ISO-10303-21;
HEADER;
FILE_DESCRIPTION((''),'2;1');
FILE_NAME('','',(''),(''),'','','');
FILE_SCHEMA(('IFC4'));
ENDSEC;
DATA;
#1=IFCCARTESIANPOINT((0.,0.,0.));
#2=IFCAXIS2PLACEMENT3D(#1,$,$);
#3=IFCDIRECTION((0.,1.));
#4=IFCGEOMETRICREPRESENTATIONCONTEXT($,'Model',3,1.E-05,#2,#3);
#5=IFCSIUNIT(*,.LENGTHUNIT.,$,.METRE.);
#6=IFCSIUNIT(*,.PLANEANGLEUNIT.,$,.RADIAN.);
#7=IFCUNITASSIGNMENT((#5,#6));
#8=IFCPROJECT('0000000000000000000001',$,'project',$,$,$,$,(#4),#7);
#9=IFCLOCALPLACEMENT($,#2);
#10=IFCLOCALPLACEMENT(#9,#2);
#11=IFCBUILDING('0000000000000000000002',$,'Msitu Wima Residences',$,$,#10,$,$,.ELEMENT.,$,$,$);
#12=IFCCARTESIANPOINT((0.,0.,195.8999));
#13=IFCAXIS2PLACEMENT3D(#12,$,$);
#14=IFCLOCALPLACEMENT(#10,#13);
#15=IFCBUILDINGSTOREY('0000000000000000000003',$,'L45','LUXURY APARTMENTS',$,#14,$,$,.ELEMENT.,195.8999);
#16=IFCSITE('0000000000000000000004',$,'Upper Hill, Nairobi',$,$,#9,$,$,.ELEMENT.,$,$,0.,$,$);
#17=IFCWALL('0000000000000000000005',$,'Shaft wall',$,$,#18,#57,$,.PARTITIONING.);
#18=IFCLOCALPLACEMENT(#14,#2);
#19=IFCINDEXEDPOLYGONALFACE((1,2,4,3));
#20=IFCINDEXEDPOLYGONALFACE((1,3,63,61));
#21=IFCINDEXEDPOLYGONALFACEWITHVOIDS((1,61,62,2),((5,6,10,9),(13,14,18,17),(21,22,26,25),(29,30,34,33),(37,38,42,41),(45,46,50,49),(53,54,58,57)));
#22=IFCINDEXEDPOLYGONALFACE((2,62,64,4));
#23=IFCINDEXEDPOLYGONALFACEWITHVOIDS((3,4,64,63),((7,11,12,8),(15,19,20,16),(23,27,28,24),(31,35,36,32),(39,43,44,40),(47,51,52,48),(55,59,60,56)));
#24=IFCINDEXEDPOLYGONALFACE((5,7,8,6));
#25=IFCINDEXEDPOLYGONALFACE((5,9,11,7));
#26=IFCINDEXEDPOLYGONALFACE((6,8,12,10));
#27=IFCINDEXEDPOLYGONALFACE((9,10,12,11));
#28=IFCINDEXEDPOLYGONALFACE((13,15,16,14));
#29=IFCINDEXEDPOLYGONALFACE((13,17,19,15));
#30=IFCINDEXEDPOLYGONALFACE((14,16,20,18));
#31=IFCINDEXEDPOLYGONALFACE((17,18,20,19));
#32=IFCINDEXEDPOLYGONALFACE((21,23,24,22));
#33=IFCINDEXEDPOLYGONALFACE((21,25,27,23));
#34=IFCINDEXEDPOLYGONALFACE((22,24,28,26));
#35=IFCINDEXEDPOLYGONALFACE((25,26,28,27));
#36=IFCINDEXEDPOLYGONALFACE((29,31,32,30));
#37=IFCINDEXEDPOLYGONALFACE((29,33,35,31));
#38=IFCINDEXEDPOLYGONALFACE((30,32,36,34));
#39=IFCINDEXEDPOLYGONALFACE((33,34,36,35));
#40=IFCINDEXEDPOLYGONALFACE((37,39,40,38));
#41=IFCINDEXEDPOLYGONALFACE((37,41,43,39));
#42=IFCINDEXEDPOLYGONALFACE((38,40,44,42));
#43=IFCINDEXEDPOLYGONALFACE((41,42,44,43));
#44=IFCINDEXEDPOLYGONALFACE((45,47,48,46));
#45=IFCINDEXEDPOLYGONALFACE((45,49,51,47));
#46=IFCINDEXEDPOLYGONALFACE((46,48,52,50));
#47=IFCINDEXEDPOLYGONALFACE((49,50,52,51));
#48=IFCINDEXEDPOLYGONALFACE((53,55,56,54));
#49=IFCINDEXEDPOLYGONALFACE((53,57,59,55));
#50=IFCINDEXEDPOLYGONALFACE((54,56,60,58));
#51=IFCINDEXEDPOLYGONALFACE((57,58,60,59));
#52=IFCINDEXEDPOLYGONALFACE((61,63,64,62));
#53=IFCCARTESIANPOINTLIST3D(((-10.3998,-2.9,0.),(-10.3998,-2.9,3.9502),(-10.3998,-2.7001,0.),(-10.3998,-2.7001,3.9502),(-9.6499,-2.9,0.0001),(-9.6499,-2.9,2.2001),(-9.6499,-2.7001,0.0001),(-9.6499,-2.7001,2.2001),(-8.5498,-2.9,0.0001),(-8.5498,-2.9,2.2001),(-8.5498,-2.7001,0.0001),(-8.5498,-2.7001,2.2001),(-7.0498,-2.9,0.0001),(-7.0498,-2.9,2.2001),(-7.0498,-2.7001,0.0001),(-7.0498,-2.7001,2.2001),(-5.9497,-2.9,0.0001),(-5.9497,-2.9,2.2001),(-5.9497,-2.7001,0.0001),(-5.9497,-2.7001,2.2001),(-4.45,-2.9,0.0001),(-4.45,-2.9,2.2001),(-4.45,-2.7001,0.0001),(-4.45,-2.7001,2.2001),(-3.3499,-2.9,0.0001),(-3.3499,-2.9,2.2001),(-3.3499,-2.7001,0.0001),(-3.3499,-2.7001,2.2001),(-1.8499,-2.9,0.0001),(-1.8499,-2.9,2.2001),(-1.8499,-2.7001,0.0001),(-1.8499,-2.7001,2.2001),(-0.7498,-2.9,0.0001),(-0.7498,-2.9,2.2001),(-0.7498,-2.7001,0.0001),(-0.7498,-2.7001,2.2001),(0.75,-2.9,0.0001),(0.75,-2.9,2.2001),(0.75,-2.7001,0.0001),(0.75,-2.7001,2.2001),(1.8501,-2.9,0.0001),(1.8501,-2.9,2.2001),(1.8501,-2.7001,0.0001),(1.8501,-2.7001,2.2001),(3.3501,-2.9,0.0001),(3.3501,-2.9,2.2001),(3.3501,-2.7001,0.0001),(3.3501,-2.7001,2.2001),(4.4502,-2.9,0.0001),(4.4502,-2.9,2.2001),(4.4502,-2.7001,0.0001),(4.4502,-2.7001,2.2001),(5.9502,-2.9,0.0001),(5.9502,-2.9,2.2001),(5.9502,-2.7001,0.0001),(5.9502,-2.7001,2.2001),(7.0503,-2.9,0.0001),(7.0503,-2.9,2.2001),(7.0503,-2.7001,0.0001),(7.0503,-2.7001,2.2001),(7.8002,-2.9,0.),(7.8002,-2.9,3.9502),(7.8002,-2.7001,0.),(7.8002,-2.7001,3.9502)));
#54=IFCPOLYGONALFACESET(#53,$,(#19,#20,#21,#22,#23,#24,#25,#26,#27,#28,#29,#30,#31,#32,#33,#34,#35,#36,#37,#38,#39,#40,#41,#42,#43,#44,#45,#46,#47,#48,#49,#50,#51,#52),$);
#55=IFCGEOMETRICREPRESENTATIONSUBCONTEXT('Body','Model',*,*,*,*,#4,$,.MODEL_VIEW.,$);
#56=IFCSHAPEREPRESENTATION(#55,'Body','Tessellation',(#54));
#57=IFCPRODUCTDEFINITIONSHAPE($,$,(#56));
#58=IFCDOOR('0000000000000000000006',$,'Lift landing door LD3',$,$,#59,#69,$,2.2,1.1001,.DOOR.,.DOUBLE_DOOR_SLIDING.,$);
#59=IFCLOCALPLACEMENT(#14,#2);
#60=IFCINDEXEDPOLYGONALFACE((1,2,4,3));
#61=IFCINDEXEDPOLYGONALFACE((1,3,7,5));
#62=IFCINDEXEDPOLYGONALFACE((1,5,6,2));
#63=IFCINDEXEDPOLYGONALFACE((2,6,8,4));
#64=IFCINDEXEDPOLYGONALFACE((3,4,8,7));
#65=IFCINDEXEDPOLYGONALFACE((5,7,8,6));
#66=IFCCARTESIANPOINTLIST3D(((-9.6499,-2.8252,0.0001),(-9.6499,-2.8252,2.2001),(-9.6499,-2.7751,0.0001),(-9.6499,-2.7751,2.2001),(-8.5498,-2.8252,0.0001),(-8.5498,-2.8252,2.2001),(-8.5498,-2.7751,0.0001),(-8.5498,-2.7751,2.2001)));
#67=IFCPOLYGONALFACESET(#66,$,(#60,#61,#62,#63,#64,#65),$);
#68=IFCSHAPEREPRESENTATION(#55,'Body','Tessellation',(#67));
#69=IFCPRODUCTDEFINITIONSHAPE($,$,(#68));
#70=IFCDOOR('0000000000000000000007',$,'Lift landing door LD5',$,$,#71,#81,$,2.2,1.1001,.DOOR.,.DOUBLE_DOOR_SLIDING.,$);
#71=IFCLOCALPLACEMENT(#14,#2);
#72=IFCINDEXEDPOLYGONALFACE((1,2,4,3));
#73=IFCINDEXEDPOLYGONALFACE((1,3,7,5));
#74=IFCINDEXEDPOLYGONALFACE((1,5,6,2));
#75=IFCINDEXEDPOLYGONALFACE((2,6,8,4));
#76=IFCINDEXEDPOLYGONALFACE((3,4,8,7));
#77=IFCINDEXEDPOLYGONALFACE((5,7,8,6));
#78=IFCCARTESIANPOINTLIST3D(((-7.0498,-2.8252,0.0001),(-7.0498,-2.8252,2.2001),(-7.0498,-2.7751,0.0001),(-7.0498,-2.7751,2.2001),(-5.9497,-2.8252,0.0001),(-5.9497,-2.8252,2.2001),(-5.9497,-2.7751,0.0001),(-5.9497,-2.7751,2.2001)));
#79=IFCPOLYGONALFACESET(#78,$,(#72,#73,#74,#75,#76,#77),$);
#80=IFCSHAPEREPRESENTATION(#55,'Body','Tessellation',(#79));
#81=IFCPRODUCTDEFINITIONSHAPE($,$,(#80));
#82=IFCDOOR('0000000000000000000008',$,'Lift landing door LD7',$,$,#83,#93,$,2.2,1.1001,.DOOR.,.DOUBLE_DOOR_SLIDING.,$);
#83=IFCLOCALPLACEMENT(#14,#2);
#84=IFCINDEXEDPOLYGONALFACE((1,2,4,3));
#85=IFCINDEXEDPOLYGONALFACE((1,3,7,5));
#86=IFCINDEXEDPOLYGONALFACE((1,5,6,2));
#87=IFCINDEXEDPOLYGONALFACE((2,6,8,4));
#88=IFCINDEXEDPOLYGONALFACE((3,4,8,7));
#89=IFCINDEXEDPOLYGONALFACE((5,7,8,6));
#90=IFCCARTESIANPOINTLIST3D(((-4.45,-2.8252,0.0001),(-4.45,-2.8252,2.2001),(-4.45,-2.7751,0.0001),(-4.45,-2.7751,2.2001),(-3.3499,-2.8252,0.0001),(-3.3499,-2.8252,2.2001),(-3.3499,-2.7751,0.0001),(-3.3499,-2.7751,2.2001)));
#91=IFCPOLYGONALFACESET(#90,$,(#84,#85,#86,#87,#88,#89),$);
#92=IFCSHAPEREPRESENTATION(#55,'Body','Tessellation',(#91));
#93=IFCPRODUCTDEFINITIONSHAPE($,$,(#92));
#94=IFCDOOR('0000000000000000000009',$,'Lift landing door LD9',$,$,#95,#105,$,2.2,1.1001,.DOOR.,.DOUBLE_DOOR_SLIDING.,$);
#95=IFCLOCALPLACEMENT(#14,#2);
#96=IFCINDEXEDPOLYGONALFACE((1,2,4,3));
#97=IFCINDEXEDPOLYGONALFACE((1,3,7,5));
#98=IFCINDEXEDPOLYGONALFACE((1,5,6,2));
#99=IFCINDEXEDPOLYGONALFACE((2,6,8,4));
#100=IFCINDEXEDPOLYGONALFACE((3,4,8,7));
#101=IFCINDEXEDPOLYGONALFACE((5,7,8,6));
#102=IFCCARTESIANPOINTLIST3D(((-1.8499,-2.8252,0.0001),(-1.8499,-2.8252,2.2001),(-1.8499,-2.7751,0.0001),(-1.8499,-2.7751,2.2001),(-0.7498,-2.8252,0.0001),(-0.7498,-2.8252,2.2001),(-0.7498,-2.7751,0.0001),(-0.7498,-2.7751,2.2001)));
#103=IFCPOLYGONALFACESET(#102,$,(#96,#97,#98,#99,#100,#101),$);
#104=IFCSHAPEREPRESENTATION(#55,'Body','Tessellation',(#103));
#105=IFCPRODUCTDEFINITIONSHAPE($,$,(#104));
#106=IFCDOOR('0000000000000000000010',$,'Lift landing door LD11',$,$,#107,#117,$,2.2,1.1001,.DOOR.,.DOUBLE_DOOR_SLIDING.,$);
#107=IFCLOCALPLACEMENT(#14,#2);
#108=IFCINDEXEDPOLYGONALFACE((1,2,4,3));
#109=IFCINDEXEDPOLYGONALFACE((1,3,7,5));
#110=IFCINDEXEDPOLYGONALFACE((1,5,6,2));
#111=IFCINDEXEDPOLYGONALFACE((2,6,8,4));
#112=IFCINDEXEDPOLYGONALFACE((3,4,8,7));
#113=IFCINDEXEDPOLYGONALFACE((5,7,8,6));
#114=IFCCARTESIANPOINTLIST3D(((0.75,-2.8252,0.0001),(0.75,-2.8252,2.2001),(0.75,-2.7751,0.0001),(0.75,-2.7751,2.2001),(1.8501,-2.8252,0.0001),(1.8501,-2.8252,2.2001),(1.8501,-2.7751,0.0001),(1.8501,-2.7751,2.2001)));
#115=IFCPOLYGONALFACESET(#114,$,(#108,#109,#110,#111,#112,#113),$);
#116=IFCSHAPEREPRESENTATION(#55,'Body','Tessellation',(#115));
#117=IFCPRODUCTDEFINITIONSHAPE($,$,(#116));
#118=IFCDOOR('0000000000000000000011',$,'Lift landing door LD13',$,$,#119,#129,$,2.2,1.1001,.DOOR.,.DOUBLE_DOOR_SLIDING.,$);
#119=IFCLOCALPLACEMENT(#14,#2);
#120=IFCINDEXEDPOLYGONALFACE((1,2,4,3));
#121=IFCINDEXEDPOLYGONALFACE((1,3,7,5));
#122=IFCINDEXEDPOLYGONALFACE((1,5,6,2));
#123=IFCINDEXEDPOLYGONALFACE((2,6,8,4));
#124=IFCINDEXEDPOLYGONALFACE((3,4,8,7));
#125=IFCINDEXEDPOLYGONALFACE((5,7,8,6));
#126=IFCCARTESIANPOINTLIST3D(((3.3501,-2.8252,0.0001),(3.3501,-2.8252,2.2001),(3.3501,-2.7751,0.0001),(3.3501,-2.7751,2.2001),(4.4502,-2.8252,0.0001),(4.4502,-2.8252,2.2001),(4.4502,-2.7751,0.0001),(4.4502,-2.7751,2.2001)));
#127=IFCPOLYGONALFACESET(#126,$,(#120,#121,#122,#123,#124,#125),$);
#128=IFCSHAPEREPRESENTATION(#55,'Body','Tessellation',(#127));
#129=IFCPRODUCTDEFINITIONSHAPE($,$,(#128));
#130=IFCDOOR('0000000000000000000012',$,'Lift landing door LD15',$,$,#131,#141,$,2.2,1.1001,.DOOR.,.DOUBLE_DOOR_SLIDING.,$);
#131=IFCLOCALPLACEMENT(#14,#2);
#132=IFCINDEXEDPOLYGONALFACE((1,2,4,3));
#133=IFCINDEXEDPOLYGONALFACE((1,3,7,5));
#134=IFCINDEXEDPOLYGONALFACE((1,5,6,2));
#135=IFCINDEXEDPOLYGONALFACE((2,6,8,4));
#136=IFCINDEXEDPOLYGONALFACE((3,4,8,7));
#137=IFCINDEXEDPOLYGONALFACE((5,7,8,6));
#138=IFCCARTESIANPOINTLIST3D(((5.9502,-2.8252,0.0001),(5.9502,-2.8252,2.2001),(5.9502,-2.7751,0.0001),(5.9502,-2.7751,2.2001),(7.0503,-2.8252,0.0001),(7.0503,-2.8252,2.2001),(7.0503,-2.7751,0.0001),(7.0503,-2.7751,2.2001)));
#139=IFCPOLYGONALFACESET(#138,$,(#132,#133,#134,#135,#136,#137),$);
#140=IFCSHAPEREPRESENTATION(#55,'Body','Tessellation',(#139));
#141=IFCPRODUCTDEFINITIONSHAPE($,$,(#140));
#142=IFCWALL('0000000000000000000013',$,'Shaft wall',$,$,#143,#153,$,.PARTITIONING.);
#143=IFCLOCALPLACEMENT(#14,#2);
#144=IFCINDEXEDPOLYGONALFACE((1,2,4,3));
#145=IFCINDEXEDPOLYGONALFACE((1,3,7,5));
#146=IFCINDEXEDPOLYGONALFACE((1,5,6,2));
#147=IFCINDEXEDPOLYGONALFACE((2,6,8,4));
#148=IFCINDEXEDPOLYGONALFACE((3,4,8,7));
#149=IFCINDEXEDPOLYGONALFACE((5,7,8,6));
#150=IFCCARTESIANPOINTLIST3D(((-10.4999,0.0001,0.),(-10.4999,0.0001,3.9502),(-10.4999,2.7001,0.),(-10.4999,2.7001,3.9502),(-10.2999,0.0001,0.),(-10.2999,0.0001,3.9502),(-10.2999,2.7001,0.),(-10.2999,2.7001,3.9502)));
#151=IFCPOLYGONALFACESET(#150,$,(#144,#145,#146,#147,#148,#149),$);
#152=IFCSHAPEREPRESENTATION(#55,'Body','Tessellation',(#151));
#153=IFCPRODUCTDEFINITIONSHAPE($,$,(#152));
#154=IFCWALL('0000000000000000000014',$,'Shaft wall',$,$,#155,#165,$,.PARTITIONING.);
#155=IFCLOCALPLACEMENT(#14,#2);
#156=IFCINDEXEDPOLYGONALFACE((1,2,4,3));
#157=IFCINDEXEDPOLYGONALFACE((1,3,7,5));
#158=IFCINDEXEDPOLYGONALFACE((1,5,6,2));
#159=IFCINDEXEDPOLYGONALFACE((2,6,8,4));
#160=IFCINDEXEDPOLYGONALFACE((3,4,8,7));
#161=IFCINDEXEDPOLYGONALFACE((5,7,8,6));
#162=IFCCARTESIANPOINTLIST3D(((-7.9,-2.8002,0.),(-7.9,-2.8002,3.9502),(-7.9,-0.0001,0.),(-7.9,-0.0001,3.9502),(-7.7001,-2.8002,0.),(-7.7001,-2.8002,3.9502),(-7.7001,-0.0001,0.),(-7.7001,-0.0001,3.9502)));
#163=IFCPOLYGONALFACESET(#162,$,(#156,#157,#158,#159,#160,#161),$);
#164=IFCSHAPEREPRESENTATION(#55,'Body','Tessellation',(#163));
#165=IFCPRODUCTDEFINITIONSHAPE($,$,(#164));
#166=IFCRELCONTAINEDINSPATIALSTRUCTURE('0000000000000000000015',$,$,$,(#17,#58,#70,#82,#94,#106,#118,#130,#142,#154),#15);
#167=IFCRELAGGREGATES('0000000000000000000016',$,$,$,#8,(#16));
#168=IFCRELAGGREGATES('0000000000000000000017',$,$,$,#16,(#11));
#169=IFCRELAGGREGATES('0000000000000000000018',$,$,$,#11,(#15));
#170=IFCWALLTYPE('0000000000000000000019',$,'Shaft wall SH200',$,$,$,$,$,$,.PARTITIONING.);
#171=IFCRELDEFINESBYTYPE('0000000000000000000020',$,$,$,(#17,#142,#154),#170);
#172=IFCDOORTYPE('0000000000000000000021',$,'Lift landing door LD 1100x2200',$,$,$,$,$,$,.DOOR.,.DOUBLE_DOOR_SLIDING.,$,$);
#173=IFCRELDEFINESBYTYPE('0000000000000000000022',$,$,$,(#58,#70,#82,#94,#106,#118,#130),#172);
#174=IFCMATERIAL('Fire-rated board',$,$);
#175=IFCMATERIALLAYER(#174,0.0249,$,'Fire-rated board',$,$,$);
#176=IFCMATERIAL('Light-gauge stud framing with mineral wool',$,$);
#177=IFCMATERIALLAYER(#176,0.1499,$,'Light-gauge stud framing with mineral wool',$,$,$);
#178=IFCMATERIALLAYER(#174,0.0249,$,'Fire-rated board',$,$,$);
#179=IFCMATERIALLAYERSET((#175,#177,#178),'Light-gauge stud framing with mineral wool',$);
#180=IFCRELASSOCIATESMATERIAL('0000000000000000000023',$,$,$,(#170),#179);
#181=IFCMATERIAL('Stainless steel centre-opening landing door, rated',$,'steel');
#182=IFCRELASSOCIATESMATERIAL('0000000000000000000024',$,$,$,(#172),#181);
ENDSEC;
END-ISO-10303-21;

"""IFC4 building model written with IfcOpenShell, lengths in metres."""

from ifc_helpers import new_model, si_unit, direction, frame, frame_2d, origin, place, context, subcontext, project, spatial, rectangle, extrude, material, layer, layer_set, type_object, element, fill, save


model = new_model("IFC4")

# Units and contexts
model_context = context("Model", 3, precision=1e-05, world=origin(), true_north=direction((0.0, 1.0)))
body_context = subcontext(model_context, "Body", "Model", "MODEL_VIEW")
ifc_project = project(units=[si_unit("LENGTHUNIT", "METRE"), si_unit("PLANEANGLEUNIT", "RADIAN")], contexts=[model_context])

# Site, building, storey
site_placement = place(None, origin())
site = spatial("IfcSite", under=ifc_project, at=site_placement, Name="Upper Hill, Nairobi", CompositionType="ELEMENT", RefElevation=0.0)
building_placement = place(site_placement, origin())
building = spatial("IfcBuilding", under=site, at=building_placement, Name="Msitu Wima Residences", CompositionType="ELEMENT")
storey_placement = place(building_placement, frame((0.0, 0.0, 195.8999)))
storey = spatial("IfcBuildingStorey", under=building, at=storey_placement, Name="L45", Description="LUXURY APARTMENTS", CompositionType="ELEMENT", Elevation=195.8999)

# Shared definitions
ifc_material_1 = material(Name="Fire-rated board")
ifc_layer_1 = layer(ifc_material_1, 0.0249, Name="Fire-rated board")
ifc_material_2 = material(Name="Light-gauge stud framing with mineral wool")
ifc_layer_2 = layer(ifc_material_2, 0.1499, Name="Light-gauge stud framing with mineral wool")
ifc_layer_3 = layer(ifc_material_1, 0.0249, Name="Fire-rated board")
ifc_layer_set_1 = layer_set([ifc_layer_1, ifc_layer_2, ifc_layer_3], Name="Light-gauge stud framing with mineral wool")
wall_type_1 = type_object("IfcWallType", Name="Shaft wall SH200", PredefinedType="PARTITIONING", material=ifc_layer_set_1)

# Wall, openings, doors
wall_1_placement = place(storey_placement, frame((-10.3999, -2.8, 0.0), z_axis=(0.0, 0.0, 1.0), x_axis=(1.0, 0.0, 0.0)))
wall_1 = element("IfcWall", 1, at=wall_1_placement, inside=storey, type_object=wall_type_1, Name="Shaft wall", PredefinedType="PARTITIONING", context=body_context, shape_type="SweptSolid", body=[
    extrude(rectangle(XDim=18.2, YDim=0.2, at=frame_2d((9.1001, 0.0))), origin(), (0.0, 0.0, 1.0), 3.9502),
])
opening_1_placement = place(wall_1_placement, frame((0.75, 0.0, 0.0)))
opening_1 = element("IfcOpeningElement", 2, at=opening_1_placement, cuts=wall_1, PredefinedType="OPENING", context=body_context, shape_type="SweptSolid", body=[
    extrude(rectangle(XDim=1.1001, YDim=2.2, at=frame_2d((0.55, 1.1001))), frame((0.0, 0.1099, 0.0), z_axis=(0.0, -1.0, 0.0), x_axis=(1.0, 0.0, 0.0)), (0.0, 0.0, 1.0), 0.22),
])
opening_2_placement = place(wall_1_placement, frame((3.3501, 0.0, 0.0)))
opening_2 = element("IfcOpeningElement", 3, at=opening_2_placement, cuts=wall_1, PredefinedType="OPENING", context=body_context, shape_type="SweptSolid", body=[
    extrude(rectangle(XDim=1.1001, YDim=2.2, at=frame_2d((0.55, 1.1001))), frame((0.0, 0.1099, 0.0), z_axis=(0.0, -1.0, 0.0), x_axis=(1.0, 0.0, 0.0)), (0.0, 0.0, 1.0), 0.22),
])
opening_3_placement = place(wall_1_placement, frame((5.95, 0.0, 0.0)))
opening_3 = element("IfcOpeningElement", 4, at=opening_3_placement, cuts=wall_1, PredefinedType="OPENING", context=body_context, shape_type="SweptSolid", body=[
    extrude(rectangle(XDim=1.1001, YDim=2.2, at=frame_2d((0.55, 1.1001))), frame((0.0, 0.1099, 0.0), z_axis=(0.0, -1.0, 0.0), x_axis=(1.0, 0.0, 0.0)), (0.0, 0.0, 1.0), 0.22),
])
opening_4_placement = place(wall_1_placement, frame((8.55, 0.0, 0.0)))
opening_4 = element("IfcOpeningElement", 5, at=opening_4_placement, cuts=wall_1, PredefinedType="OPENING", context=body_context, shape_type="SweptSolid", body=[
    extrude(rectangle(XDim=1.1001, YDim=2.2, at=frame_2d((0.55, 1.1001))), frame((0.0, 0.1099, 0.0), z_axis=(0.0, -1.0, 0.0), x_axis=(1.0, 0.0, 0.0)), (0.0, 0.0, 1.0), 0.22),
])
opening_5_placement = place(wall_1_placement, frame((11.1499, 0.0, 0.0)))
opening_5 = element("IfcOpeningElement", 6, at=opening_5_placement, cuts=wall_1, PredefinedType="OPENING", context=body_context, shape_type="SweptSolid", body=[
    extrude(rectangle(XDim=1.1001, YDim=2.2, at=frame_2d((0.55, 1.1001))), frame((0.0, 0.1099, 0.0), z_axis=(0.0, -1.0, 0.0), x_axis=(1.0, 0.0, 0.0)), (0.0, 0.0, 1.0), 0.22),
])
opening_6_placement = place(wall_1_placement, frame((13.75, 0.0, 0.0)))
opening_6 = element("IfcOpeningElement", 7, at=opening_6_placement, cuts=wall_1, PredefinedType="OPENING", context=body_context, shape_type="SweptSolid", body=[
    extrude(rectangle(XDim=1.1001, YDim=2.2, at=frame_2d((0.55, 1.1001))), frame((0.0, 0.1099, 0.0), z_axis=(0.0, -1.0, 0.0), x_axis=(1.0, 0.0, 0.0)), (0.0, 0.0, 1.0), 0.22),
])
opening_7_placement = place(wall_1_placement, frame((16.3501, 0.0, 0.0)))
opening_7 = element("IfcOpeningElement", 8, at=opening_7_placement, cuts=wall_1, PredefinedType="OPENING", context=body_context, shape_type="SweptSolid", body=[
    extrude(rectangle(XDim=1.1001, YDim=2.2, at=frame_2d((0.55, 1.1001))), frame((0.0, 0.1099, 0.0), z_axis=(0.0, -1.0, 0.0), x_axis=(1.0, 0.0, 0.0)), (0.0, 0.0, 1.0), 0.22),
])
ifc_material_3 = material(Name="Stainless steel centre-opening landing door, rated", Category="steel")
door_type_1 = type_object("IfcDoorType", Name="Lift landing door LD 1100x2200", OperationType="DOUBLE_DOOR_SLIDING", PredefinedType="DOOR", material=ifc_material_3)
door_1_placement = place(opening_1_placement, origin())
door_1 = element("IfcDoor", 9, at=door_1_placement, inside=storey, type_object=door_type_1, Name="Lift landing door LD3", OperationType="DOUBLE_DOOR_SLIDING", OverallHeight=2.2, OverallWidth=1.1001, PredefinedType="DOOR", context=body_context, shape_type="SweptSolid", body=[
    extrude(rectangle(XDim=1.1001, YDim=2.2, at=frame_2d((0.55, 1.1001))), frame((0.0, 0.0249, 0.0), z_axis=(0.0, -1.0, 0.0), x_axis=(1.0, 0.0, 0.0)), (0.0, 0.0, 1.0), 0.05),
])
fill(opening_1, door_1)
door_2_placement = place(opening_2_placement, origin())
door_2 = element("IfcDoor", 10, at=door_2_placement, inside=storey, type_object=door_type_1, Name="Lift landing door LD5", OperationType="DOUBLE_DOOR_SLIDING", OverallHeight=2.2, OverallWidth=1.1001, PredefinedType="DOOR", context=body_context, shape_type="SweptSolid", body=[
    extrude(rectangle(XDim=1.1001, YDim=2.2, at=frame_2d((0.55, 1.1001))), frame((0.0, 0.0249, 0.0), z_axis=(0.0, -1.0, 0.0), x_axis=(1.0, 0.0, 0.0)), (0.0, 0.0, 1.0), 0.05),
])
fill(opening_2, door_2)
door_3_placement = place(opening_3_placement, origin())
door_3 = element("IfcDoor", 11, at=door_3_placement, inside=storey, type_object=door_type_1, Name="Lift landing door LD7", OperationType="DOUBLE_DOOR_SLIDING", OverallHeight=2.2, OverallWidth=1.1001, PredefinedType="DOOR", context=body_context, shape_type="SweptSolid", body=[
    extrude(rectangle(XDim=1.1001, YDim=2.2, at=frame_2d((0.55, 1.1001))), frame((0.0, 0.0249, 0.0), z_axis=(0.0, -1.0, 0.0), x_axis=(1.0, 0.0, 0.0)), (0.0, 0.0, 1.0), 0.05),
])
fill(opening_3, door_3)
door_4_placement = place(opening_4_placement, origin())
door_4 = element("IfcDoor", 12, at=door_4_placement, inside=storey, type_object=door_type_1, Name="Lift landing door LD9", OperationType="DOUBLE_DOOR_SLIDING", OverallHeight=2.2, OverallWidth=1.1001, PredefinedType="DOOR", context=body_context, shape_type="SweptSolid", body=[
    extrude(rectangle(XDim=1.1001, YDim=2.2, at=frame_2d((0.55, 1.1001))), frame((0.0, 0.0249, 0.0), z_axis=(0.0, -1.0, 0.0), x_axis=(1.0, 0.0, 0.0)), (0.0, 0.0, 1.0), 0.05),
])
fill(opening_4, door_4)
door_5_placement = place(opening_5_placement, origin())
door_5 = element("IfcDoor", 13, at=door_5_placement, inside=storey, type_object=door_type_1, Name="Lift landing door LD11", OperationType="DOUBLE_DOOR_SLIDING", OverallHeight=2.2, OverallWidth=1.1001, PredefinedType="DOOR", context=body_context, shape_type="SweptSolid", body=[
    extrude(rectangle(XDim=1.1001, YDim=2.2, at=frame_2d((0.55, 1.1001))), frame((0.0, 0.0249, 0.0), z_axis=(0.0, -1.0, 0.0), x_axis=(1.0, 0.0, 0.0)), (0.0, 0.0, 1.0), 0.05),
])
fill(opening_5, door_5)
door_6_placement = place(opening_6_placement, origin())
door_6 = element("IfcDoor", 14, at=door_6_placement, inside=storey, type_object=door_type_1, Name="Lift landing door LD13", OperationType="DOUBLE_DOOR_SLIDING", OverallHeight=2.2, OverallWidth=1.1001, PredefinedType="DOOR", context=body_context, shape_type="SweptSolid", body=[
    extrude(rectangle(XDim=1.1001, YDim=2.2, at=frame_2d((0.55, 1.1001))), frame((0.0, 0.0249, 0.0), z_axis=(0.0, -1.0, 0.0), x_axis=(1.0, 0.0, 0.0)), (0.0, 0.0, 1.0), 0.05),
])
fill(opening_6, door_6)
door_7_placement = place(opening_7_placement, origin())
door_7 = element("IfcDoor", 15, at=door_7_placement, inside=storey, type_object=door_type_1, Name="Lift landing door LD15", OperationType="DOUBLE_DOOR_SLIDING", OverallHeight=2.2, OverallWidth=1.1001, PredefinedType="DOOR", context=body_context, shape_type="SweptSolid", body=[
    extrude(rectangle(XDim=1.1001, YDim=2.2, at=frame_2d((0.55, 1.1001))), frame((0.0, 0.0249, 0.0), z_axis=(0.0, -1.0, 0.0), x_axis=(1.0, 0.0, 0.0)), (0.0, 0.0, 1.0), 0.05),
])
fill(opening_7, door_7)

# Walls
wall_2_placement = place(storey_placement, frame((-10.3999, 0.0, 0.0), z_axis=(0.0, 0.0, 1.0), x_axis=(0.0, 1.0, 0.0)))
element("IfcWall", 16, at=wall_2_placement, inside=storey, type_object=wall_type_1, Name="Shaft wall", PredefinedType="PARTITIONING", context=body_context, shape_type="SweptSolid", body=[
    extrude(rectangle(XDim=2.7, YDim=0.2, at=frame_2d((1.3501, 0.0))), origin(), (0.0, 0.0, 1.0), 3.9502),
])
for number, where, z_axis, x_axis, name in (
    (17, (-7.8, -2.8, 0.0), (0.0, 0.0, 1.0), (0.0, 1.0, 0.0), "Shaft wall"),
):
    element("IfcWall", number, at=place(storey_placement, frame(where, z_axis=z_axis, x_axis=x_axis)), inside=storey, type_object=wall_type_1, Name=name, PredefinedType="PARTITIONING", context=body_context, shape_type="SweptSolid", body=[
        extrude(rectangle(XDim=2.8, YDim=0.2, at=frame_2d((1.3999, 0.0))), origin(), (0.0, 0.0, 1.0), 3.9502),
    ])

save(model, "model.ifc")
